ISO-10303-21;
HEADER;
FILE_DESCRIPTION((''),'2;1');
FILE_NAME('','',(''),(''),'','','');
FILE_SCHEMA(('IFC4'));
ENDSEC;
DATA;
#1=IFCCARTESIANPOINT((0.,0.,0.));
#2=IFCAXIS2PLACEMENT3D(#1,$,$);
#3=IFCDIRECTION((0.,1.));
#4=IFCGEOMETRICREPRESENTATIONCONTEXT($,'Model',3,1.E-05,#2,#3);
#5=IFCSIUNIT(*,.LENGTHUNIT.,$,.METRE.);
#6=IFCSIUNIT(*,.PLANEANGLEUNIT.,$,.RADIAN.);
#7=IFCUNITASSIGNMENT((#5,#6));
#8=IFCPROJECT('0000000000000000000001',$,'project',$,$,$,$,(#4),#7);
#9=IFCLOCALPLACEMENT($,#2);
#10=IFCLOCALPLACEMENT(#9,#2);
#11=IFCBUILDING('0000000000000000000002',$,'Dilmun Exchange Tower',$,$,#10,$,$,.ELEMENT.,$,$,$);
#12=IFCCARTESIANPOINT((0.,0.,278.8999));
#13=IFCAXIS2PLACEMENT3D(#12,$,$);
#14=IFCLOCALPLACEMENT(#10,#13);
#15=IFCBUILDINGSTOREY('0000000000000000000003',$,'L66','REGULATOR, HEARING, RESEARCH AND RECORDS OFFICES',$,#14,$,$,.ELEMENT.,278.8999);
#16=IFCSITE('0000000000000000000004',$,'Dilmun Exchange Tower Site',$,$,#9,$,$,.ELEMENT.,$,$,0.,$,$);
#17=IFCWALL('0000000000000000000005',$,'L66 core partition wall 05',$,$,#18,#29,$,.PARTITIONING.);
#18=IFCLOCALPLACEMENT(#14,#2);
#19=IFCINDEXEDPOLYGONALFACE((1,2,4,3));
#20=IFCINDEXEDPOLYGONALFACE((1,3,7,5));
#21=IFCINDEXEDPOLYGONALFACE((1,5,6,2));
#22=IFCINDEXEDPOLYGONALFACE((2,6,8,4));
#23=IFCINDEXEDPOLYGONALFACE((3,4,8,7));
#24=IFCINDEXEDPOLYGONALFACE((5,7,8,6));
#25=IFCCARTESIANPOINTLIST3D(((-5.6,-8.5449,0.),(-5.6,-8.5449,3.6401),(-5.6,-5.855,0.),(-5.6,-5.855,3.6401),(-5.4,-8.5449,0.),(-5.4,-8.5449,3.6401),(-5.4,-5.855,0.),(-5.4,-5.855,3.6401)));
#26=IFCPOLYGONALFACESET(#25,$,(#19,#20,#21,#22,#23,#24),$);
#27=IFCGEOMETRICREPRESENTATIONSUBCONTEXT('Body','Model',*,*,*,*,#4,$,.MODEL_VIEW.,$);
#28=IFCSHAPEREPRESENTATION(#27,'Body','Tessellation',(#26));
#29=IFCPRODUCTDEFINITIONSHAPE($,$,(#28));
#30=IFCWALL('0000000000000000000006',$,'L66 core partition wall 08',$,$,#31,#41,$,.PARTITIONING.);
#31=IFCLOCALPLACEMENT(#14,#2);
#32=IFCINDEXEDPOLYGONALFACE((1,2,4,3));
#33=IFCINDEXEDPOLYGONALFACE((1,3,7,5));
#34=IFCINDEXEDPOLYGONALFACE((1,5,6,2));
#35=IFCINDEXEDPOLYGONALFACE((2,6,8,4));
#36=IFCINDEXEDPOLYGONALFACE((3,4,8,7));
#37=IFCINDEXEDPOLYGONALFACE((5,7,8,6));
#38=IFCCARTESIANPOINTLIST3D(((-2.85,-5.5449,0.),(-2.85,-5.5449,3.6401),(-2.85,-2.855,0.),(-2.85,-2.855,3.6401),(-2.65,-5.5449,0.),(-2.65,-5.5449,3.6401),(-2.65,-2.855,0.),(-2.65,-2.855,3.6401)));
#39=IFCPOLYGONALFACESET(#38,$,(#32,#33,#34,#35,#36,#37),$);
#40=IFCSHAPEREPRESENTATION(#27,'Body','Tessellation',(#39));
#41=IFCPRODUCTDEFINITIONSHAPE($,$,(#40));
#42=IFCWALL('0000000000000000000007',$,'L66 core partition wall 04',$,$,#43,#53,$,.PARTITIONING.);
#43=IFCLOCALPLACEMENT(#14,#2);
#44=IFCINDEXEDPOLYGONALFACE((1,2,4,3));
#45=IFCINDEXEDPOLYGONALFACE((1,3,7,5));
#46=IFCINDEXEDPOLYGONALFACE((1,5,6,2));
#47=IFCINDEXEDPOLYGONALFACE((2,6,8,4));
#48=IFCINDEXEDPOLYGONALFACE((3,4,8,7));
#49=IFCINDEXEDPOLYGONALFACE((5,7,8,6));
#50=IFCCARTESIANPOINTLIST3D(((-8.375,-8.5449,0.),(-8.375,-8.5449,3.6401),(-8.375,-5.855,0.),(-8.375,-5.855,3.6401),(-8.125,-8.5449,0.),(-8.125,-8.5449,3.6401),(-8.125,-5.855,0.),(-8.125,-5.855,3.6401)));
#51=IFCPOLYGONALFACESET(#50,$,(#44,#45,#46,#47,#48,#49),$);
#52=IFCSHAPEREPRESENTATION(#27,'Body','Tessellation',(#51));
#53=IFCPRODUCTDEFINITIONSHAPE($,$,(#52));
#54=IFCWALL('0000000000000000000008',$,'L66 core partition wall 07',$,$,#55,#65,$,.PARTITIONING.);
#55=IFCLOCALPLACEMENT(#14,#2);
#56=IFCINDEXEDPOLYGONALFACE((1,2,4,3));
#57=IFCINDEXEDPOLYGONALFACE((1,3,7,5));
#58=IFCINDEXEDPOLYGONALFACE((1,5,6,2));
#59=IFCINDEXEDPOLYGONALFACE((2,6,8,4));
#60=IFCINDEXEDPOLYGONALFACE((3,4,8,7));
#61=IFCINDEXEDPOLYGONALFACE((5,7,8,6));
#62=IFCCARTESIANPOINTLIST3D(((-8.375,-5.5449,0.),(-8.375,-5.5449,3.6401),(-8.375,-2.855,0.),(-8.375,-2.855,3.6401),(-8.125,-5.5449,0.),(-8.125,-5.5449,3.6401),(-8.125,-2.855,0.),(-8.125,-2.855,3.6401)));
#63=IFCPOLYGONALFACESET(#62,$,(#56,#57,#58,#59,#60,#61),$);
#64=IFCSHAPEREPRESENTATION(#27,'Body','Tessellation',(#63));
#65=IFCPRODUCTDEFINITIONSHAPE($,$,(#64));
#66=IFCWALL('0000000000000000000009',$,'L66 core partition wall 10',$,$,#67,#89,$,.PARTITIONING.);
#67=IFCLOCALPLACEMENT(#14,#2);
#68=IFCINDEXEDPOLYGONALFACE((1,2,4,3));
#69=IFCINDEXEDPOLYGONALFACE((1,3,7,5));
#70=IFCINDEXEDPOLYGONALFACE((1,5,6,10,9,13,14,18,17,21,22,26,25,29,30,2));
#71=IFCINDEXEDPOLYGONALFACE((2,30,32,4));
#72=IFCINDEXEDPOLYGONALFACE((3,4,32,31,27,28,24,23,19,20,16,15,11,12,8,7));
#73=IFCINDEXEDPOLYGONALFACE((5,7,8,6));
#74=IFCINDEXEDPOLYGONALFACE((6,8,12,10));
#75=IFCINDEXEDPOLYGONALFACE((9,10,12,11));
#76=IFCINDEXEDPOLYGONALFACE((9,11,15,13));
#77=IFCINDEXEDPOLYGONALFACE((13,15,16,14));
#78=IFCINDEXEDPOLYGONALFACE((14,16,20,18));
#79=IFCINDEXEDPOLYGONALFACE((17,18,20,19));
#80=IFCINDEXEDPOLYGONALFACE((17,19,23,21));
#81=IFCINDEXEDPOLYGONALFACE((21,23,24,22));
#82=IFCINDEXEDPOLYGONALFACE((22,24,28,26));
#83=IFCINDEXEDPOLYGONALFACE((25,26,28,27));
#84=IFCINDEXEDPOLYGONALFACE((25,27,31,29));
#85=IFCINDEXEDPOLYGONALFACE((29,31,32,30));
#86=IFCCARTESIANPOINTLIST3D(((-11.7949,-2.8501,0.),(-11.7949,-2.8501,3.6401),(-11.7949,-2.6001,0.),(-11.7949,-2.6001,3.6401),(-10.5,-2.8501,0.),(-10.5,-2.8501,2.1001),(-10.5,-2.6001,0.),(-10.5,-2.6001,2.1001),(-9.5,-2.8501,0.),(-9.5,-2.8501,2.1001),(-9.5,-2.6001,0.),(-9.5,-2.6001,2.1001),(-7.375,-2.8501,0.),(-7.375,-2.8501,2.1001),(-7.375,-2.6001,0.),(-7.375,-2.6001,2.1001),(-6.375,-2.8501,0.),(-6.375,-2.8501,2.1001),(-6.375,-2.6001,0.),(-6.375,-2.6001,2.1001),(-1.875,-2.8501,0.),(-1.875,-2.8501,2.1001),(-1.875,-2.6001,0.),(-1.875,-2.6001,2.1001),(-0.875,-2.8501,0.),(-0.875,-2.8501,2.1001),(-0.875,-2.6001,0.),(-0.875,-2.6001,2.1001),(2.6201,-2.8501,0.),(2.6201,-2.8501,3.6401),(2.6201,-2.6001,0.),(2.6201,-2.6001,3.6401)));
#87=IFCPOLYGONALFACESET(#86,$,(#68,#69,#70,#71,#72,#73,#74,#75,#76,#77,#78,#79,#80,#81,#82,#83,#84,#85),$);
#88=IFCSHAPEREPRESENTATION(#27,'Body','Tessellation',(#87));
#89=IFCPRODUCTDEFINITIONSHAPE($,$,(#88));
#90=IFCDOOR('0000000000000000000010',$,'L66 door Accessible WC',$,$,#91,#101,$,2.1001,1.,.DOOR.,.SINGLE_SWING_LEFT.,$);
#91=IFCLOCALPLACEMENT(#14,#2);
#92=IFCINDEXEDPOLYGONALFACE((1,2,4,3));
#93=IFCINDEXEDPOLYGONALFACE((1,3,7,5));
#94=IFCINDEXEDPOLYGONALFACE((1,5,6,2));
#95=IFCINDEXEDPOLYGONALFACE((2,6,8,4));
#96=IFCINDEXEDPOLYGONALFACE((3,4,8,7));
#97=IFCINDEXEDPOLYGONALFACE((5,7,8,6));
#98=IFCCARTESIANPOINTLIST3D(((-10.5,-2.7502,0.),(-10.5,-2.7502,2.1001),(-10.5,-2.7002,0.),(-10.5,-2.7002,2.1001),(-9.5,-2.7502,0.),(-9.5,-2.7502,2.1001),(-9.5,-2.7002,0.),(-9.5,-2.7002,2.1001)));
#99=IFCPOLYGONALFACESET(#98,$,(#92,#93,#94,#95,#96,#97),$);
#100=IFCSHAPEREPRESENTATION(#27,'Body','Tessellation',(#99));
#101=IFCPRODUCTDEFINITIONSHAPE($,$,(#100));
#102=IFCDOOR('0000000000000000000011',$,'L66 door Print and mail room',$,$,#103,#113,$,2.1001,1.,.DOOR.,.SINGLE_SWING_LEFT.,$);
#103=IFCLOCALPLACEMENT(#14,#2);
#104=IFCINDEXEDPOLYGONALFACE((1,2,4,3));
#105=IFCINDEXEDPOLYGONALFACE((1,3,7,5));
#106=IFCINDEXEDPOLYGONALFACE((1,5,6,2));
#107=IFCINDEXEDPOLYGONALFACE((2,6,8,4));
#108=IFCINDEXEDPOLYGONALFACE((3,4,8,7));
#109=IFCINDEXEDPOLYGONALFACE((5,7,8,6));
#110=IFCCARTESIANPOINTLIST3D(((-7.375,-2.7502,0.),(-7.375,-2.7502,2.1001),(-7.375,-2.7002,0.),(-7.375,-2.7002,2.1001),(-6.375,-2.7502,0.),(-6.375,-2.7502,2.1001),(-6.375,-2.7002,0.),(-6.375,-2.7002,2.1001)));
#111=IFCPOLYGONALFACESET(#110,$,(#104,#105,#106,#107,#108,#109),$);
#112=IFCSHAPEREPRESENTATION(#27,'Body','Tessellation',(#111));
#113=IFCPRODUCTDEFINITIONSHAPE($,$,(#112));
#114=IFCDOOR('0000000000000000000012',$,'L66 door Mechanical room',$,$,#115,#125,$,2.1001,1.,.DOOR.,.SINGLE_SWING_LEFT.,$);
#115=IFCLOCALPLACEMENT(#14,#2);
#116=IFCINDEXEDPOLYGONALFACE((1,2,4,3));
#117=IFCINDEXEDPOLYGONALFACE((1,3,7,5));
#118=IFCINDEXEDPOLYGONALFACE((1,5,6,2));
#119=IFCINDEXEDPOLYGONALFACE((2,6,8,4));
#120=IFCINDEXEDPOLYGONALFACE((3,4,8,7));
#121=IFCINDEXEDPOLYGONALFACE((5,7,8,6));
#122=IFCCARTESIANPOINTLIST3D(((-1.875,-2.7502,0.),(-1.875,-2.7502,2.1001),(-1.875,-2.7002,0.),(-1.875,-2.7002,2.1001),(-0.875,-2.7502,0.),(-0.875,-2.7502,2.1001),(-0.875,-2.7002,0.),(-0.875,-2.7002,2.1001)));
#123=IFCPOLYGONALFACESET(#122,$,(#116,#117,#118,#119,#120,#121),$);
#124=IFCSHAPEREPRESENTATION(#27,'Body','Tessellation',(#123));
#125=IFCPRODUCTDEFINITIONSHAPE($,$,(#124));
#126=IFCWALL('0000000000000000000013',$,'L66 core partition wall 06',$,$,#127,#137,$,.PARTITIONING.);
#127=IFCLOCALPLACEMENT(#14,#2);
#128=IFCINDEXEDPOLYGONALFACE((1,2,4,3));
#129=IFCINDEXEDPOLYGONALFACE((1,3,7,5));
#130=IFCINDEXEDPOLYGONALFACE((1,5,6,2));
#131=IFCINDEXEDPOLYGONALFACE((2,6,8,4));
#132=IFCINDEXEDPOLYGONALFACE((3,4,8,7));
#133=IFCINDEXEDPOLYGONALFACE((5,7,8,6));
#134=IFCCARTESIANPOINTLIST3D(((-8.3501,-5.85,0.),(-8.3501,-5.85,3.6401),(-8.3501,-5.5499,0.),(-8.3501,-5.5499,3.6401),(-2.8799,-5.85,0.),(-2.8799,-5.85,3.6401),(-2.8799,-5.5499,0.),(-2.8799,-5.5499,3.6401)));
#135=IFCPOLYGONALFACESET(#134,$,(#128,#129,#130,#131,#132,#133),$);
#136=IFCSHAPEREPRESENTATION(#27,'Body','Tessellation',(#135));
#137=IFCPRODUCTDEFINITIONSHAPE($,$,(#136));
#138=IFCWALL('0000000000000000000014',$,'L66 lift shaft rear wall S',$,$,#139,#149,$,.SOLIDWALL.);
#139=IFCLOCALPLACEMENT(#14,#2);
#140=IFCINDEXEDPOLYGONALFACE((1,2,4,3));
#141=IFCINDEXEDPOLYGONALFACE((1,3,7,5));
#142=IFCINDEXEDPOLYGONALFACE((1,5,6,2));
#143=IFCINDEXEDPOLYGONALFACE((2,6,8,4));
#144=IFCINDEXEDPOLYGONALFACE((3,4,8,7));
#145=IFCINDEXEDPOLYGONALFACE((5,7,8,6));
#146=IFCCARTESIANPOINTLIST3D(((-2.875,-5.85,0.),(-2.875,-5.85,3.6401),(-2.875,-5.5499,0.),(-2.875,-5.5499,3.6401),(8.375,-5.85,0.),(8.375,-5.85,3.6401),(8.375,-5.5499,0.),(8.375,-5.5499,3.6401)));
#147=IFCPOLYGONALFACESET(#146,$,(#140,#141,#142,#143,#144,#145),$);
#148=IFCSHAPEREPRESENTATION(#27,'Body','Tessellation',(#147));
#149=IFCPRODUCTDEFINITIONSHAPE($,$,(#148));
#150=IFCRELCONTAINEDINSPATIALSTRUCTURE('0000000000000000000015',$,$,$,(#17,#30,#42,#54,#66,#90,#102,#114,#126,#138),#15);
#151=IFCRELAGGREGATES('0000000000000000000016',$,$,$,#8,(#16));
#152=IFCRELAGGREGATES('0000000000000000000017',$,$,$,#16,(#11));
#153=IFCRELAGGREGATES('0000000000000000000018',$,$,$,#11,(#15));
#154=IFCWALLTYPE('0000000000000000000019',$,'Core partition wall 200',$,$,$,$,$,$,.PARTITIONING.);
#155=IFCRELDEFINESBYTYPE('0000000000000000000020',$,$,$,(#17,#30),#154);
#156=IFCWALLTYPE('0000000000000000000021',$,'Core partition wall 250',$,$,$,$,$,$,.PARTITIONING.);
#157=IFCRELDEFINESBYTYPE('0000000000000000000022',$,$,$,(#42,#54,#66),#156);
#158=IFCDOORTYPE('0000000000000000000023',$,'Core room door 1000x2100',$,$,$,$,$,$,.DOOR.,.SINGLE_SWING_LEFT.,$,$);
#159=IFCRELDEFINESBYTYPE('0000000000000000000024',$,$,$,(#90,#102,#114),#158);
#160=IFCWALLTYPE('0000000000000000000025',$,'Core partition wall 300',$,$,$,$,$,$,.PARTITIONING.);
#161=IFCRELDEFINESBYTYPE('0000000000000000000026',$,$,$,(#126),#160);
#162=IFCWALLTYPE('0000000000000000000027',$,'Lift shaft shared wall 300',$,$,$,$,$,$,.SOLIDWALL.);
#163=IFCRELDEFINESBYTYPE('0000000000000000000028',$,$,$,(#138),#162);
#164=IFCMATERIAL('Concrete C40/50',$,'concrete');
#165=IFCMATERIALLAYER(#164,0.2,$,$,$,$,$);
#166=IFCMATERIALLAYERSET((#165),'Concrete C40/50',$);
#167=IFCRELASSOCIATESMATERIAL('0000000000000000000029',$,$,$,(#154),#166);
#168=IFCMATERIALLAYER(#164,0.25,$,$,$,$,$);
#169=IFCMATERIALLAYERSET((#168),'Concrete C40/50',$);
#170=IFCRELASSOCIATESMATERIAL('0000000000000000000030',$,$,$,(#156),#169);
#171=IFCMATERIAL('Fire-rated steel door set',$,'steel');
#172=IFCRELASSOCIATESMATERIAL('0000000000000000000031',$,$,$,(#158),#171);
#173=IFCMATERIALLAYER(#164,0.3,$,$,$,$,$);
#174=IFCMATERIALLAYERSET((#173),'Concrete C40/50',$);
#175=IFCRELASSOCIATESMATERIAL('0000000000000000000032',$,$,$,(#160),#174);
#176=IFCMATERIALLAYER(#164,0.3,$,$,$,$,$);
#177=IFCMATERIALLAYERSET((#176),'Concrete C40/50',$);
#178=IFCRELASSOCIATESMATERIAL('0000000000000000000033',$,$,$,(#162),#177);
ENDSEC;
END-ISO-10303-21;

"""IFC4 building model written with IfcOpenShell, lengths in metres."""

from ifc_helpers import new_model, si_unit, direction, frame, frame_2d, origin, place, context, subcontext, project, spatial, rectangle, extrude, material, layer, layer_set, type_object, element, fill, save


model = new_model("IFC4")

# Units and contexts
model_context = context("Model", 3, precision=1e-05, world=origin(), true_north=direction((0.0, 1.0)))
body_context = subcontext(model_context, "Body", "Model", "MODEL_VIEW")
ifc_project = project(units=[si_unit("LENGTHUNIT", "METRE"), si_unit("PLANEANGLEUNIT", "RADIAN")], contexts=[model_context])

# Site, building, storey
site_placement = place(None, origin())
site = spatial("IfcSite", under=ifc_project, at=site_placement, Name="Dilmun Exchange Tower Site", CompositionType="ELEMENT", RefElevation=0.0)
building_placement = place(site_placement, origin())
building = spatial("IfcBuilding", under=site, at=building_placement, Name="Dilmun Exchange Tower", CompositionType="ELEMENT")
storey_placement = place(building_placement, frame((0.0, 0.0, 278.8999)))
storey = spatial("IfcBuildingStorey", under=building, at=storey_placement, Name="L66", Description="REGULATOR, HEARING, RESEARCH AND RECORDS OFFICES", CompositionType="ELEMENT", Elevation=278.8999)

# Walls
ifc_material_1 = material(Name="Concrete C40/50", Category="concrete")
ifc_layer_1 = layer(ifc_material_1, 0.2)
ifc_layer_set_1 = layer_set([ifc_layer_1], Name="Concrete C40/50")
wall_type_1 = type_object("IfcWallType", Name="Core partition wall 200", PredefinedType="PARTITIONING", material=ifc_layer_set_1)
for number, where, z_axis, x_axis, name in (
    (1, (-5.5, -8.5449, 0.0), (0.0, 0.0, 1.0), (0.0, 1.0, 0.0), "L66 core partition wall 05"),
    (2, (-2.75, -5.5449, 0.0), (0.0, 0.0, 1.0), (0.0, 1.0, 0.0), "L66 core partition wall 08"),
):
    element("IfcWall", number, at=place(storey_placement, frame(where, z_axis=z_axis, x_axis=x_axis)), inside=storey, type_object=wall_type_1, Name=name, PredefinedType="PARTITIONING", context=body_context, shape_type="SweptSolid", body=[
        extrude(rectangle(XDim=2.6899, YDim=0.2, at=frame_2d((1.345, 0.0))), origin(), (0.0, 0.0, 1.0), 3.6401),
    ])
ifc_layer_2 = layer(ifc_material_1, 0.25)
ifc_layer_set_2 = layer_set([ifc_layer_2], Name="Concrete C40/50")
wall_type_2 = type_object("IfcWallType", Name="Core partition wall 250", PredefinedType="PARTITIONING", material=ifc_layer_set_2)
for number, where, z_axis, x_axis, name in (
    (3, (-8.25, -8.5449, 0.0), (0.0, 0.0, 1.0), (0.0, 1.0, 0.0), "L66 core partition wall 04"),
    (4, (-8.25, -5.5449, 0.0), (0.0, 0.0, 1.0), (0.0, 1.0, 0.0), "L66 core partition wall 07"),
):
    element("IfcWall", number, at=place(storey_placement, frame(where, z_axis=z_axis, x_axis=x_axis)), inside=storey, type_object=wall_type_2, Name=name, PredefinedType="PARTITIONING", context=body_context, shape_type="SweptSolid", body=[
        extrude(rectangle(XDim=2.6899, YDim=0.25, at=frame_2d((1.345, 0.0))), origin(), (0.0, 0.0, 1.0), 3.6401),
    ])

# Wall, openings, doors
wall_1_placement = place(storey_placement, frame((-11.7949, -2.7251, 0.0), z_axis=(0.0, 0.0, 1.0), x_axis=(1.0, 0.0, 0.0)))
wall_1 = element("IfcWall", 5, at=wall_1_placement, inside=storey, type_object=wall_type_2, Name="L66 core partition wall 10", PredefinedType="PARTITIONING", context=body_context, shape_type="SweptSolid", body=[
    extrude(rectangle(XDim=14.415, YDim=0.25, at=frame_2d((7.2075, 0.0))), origin(), (0.0, 0.0, 1.0), 3.6401),
])
opening_1_placement = place(wall_1_placement, frame((1.2949, 0.0, 0.0)))
opening_1 = element("IfcOpeningElement", 6, at=opening_1_placement, cuts=wall_1, PredefinedType="OPENING", context=body_context, shape_type="SweptSolid", body=[
    extrude(rectangle(XDim=1.0, YDim=2.1001, at=frame_2d((0.5, 1.05))), frame((0.0, 0.135, 0.0), z_axis=(0.0, -1.0, 0.0), x_axis=(1.0, 0.0, 0.0)), (0.0, 0.0, 1.0), 0.27),
])
opening_2_placement = place(wall_1_placement, frame((4.4199, 0.0, 0.0)))
opening_2 = element("IfcOpeningElement", 7, at=opening_2_placement, cuts=wall_1, PredefinedType="OPENING", context=body_context, shape_type="SweptSolid", body=[
    extrude(rectangle(XDim=1.0, YDim=2.1001, at=frame_2d((0.5, 1.05))), frame((0.0, 0.135, 0.0), z_axis=(0.0, -1.0, 0.0), x_axis=(1.0, 0.0, 0.0)), (0.0, 0.0, 1.0), 0.27),
])
opening_3_placement = place(wall_1_placement, frame((9.9199, 0.0, 0.0)))
opening_3 = element("IfcOpeningElement", 8, at=opening_3_placement, cuts=wall_1, PredefinedType="OPENING", context=body_context, shape_type="SweptSolid", body=[
    extrude(rectangle(XDim=1.0, YDim=2.1001, at=frame_2d((0.5, 1.05))), frame((0.0, 0.135, 0.0), z_axis=(0.0, -1.0, 0.0), x_axis=(1.0, 0.0, 0.0)), (0.0, 0.0, 1.0), 0.27),
])
ifc_material_2 = material(Name="Fire-rated steel door set", Category="steel")
door_type_1 = type_object("IfcDoorType", Name="Core room door 1000x2100", OperationType="SINGLE_SWING_LEFT", PredefinedType="DOOR", material=ifc_material_2)
door_1_placement = place(opening_1_placement, origin())
door_1 = element("IfcDoor", 9, at=door_1_placement, inside=storey, type_object=door_type_1, Name="L66 door Accessible WC", OperationType="SINGLE_SWING_LEFT", OverallHeight=2.1001, OverallWidth=1.0, PredefinedType="DOOR", context=body_context, shape_type="SweptSolid", body=[
    extrude(rectangle(XDim=1.0, YDim=2.1001, at=frame_2d((0.5, 1.05))), frame((0.0, 0.0249, 0.0), z_axis=(0.0, -1.0, 0.0), x_axis=(1.0, 0.0, 0.0)), (0.0, 0.0, 1.0), 0.05),
])
fill(opening_1, door_1)
door_2_placement = place(opening_2_placement, origin())
door_2 = element("IfcDoor", 10, at=door_2_placement, inside=storey, type_object=door_type_1, Name="L66 door Print and mail room", OperationType="SINGLE_SWING_LEFT", OverallHeight=2.1001, OverallWidth=1.0, PredefinedType="DOOR", context=body_context, shape_type="SweptSolid", body=[
    extrude(rectangle(XDim=1.0, YDim=2.1001, at=frame_2d((0.5, 1.05))), frame((0.0, 0.0249, 0.0), z_axis=(0.0, -1.0, 0.0), x_axis=(1.0, 0.0, 0.0)), (0.0, 0.0, 1.0), 0.05),
])
fill(opening_2, door_2)
door_3_placement = place(opening_3_placement, origin())
door_3 = element("IfcDoor", 11, at=door_3_placement, inside=storey, type_object=door_type_1, Name="L66 door Mechanical room", OperationType="SINGLE_SWING_LEFT", OverallHeight=2.1001, OverallWidth=1.0, PredefinedType="DOOR", context=body_context, shape_type="SweptSolid", body=[
    extrude(rectangle(XDim=1.0, YDim=2.1001, at=frame_2d((0.5, 1.05))), frame((0.0, 0.0249, 0.0), z_axis=(0.0, -1.0, 0.0), x_axis=(1.0, 0.0, 0.0)), (0.0, 0.0, 1.0), 0.05),
])
fill(opening_3, door_3)

# Walls
ifc_layer_3 = layer(ifc_material_1, 0.3)
ifc_layer_set_3 = layer_set([ifc_layer_3], Name="Concrete C40/50")
wall_type_3 = type_object("IfcWallType", Name="Core partition wall 300", PredefinedType="PARTITIONING", material=ifc_layer_set_3)
wall_2_placement = place(storey_placement, frame((-8.3501, -5.7, 0.0), z_axis=(0.0, 0.0, 1.0), x_axis=(1.0, 0.0, 0.0)))
element("IfcWall", 12, at=wall_2_placement, inside=storey, type_object=wall_type_3, Name="L66 core partition wall 06", PredefinedType="PARTITIONING", context=body_context, shape_type="SweptSolid", body=[
    extrude(rectangle(XDim=5.4702, YDim=0.3, at=frame_2d((2.7351, 0.0))), origin(), (0.0, 0.0, 1.0), 3.6401),
])
ifc_layer_4 = layer(ifc_material_1, 0.3)
ifc_layer_set_4 = layer_set([ifc_layer_4], Name="Concrete C40/50")
wall_type_4 = type_object("IfcWallType", Name="Lift shaft shared wall 300", PredefinedType="SOLIDWALL", material=ifc_layer_set_4)
wall_3_placement = place(storey_placement, frame((-2.875, -5.7, 0.0), z_axis=(0.0, 0.0, 1.0), x_axis=(1.0, 0.0, 0.0)))
element("IfcWall", 13, at=wall_3_placement, inside=storey, type_object=wall_type_4, Name="L66 lift shaft rear wall S", PredefinedType="SOLIDWALL", context=body_context, shape_type="SweptSolid", body=[
    extrude(rectangle(XDim=11.25, YDim=0.3, at=frame_2d((5.625, 0.0))), origin(), (0.0, 0.0, 1.0), 3.6401),
])

save(model, "model.ifc")
